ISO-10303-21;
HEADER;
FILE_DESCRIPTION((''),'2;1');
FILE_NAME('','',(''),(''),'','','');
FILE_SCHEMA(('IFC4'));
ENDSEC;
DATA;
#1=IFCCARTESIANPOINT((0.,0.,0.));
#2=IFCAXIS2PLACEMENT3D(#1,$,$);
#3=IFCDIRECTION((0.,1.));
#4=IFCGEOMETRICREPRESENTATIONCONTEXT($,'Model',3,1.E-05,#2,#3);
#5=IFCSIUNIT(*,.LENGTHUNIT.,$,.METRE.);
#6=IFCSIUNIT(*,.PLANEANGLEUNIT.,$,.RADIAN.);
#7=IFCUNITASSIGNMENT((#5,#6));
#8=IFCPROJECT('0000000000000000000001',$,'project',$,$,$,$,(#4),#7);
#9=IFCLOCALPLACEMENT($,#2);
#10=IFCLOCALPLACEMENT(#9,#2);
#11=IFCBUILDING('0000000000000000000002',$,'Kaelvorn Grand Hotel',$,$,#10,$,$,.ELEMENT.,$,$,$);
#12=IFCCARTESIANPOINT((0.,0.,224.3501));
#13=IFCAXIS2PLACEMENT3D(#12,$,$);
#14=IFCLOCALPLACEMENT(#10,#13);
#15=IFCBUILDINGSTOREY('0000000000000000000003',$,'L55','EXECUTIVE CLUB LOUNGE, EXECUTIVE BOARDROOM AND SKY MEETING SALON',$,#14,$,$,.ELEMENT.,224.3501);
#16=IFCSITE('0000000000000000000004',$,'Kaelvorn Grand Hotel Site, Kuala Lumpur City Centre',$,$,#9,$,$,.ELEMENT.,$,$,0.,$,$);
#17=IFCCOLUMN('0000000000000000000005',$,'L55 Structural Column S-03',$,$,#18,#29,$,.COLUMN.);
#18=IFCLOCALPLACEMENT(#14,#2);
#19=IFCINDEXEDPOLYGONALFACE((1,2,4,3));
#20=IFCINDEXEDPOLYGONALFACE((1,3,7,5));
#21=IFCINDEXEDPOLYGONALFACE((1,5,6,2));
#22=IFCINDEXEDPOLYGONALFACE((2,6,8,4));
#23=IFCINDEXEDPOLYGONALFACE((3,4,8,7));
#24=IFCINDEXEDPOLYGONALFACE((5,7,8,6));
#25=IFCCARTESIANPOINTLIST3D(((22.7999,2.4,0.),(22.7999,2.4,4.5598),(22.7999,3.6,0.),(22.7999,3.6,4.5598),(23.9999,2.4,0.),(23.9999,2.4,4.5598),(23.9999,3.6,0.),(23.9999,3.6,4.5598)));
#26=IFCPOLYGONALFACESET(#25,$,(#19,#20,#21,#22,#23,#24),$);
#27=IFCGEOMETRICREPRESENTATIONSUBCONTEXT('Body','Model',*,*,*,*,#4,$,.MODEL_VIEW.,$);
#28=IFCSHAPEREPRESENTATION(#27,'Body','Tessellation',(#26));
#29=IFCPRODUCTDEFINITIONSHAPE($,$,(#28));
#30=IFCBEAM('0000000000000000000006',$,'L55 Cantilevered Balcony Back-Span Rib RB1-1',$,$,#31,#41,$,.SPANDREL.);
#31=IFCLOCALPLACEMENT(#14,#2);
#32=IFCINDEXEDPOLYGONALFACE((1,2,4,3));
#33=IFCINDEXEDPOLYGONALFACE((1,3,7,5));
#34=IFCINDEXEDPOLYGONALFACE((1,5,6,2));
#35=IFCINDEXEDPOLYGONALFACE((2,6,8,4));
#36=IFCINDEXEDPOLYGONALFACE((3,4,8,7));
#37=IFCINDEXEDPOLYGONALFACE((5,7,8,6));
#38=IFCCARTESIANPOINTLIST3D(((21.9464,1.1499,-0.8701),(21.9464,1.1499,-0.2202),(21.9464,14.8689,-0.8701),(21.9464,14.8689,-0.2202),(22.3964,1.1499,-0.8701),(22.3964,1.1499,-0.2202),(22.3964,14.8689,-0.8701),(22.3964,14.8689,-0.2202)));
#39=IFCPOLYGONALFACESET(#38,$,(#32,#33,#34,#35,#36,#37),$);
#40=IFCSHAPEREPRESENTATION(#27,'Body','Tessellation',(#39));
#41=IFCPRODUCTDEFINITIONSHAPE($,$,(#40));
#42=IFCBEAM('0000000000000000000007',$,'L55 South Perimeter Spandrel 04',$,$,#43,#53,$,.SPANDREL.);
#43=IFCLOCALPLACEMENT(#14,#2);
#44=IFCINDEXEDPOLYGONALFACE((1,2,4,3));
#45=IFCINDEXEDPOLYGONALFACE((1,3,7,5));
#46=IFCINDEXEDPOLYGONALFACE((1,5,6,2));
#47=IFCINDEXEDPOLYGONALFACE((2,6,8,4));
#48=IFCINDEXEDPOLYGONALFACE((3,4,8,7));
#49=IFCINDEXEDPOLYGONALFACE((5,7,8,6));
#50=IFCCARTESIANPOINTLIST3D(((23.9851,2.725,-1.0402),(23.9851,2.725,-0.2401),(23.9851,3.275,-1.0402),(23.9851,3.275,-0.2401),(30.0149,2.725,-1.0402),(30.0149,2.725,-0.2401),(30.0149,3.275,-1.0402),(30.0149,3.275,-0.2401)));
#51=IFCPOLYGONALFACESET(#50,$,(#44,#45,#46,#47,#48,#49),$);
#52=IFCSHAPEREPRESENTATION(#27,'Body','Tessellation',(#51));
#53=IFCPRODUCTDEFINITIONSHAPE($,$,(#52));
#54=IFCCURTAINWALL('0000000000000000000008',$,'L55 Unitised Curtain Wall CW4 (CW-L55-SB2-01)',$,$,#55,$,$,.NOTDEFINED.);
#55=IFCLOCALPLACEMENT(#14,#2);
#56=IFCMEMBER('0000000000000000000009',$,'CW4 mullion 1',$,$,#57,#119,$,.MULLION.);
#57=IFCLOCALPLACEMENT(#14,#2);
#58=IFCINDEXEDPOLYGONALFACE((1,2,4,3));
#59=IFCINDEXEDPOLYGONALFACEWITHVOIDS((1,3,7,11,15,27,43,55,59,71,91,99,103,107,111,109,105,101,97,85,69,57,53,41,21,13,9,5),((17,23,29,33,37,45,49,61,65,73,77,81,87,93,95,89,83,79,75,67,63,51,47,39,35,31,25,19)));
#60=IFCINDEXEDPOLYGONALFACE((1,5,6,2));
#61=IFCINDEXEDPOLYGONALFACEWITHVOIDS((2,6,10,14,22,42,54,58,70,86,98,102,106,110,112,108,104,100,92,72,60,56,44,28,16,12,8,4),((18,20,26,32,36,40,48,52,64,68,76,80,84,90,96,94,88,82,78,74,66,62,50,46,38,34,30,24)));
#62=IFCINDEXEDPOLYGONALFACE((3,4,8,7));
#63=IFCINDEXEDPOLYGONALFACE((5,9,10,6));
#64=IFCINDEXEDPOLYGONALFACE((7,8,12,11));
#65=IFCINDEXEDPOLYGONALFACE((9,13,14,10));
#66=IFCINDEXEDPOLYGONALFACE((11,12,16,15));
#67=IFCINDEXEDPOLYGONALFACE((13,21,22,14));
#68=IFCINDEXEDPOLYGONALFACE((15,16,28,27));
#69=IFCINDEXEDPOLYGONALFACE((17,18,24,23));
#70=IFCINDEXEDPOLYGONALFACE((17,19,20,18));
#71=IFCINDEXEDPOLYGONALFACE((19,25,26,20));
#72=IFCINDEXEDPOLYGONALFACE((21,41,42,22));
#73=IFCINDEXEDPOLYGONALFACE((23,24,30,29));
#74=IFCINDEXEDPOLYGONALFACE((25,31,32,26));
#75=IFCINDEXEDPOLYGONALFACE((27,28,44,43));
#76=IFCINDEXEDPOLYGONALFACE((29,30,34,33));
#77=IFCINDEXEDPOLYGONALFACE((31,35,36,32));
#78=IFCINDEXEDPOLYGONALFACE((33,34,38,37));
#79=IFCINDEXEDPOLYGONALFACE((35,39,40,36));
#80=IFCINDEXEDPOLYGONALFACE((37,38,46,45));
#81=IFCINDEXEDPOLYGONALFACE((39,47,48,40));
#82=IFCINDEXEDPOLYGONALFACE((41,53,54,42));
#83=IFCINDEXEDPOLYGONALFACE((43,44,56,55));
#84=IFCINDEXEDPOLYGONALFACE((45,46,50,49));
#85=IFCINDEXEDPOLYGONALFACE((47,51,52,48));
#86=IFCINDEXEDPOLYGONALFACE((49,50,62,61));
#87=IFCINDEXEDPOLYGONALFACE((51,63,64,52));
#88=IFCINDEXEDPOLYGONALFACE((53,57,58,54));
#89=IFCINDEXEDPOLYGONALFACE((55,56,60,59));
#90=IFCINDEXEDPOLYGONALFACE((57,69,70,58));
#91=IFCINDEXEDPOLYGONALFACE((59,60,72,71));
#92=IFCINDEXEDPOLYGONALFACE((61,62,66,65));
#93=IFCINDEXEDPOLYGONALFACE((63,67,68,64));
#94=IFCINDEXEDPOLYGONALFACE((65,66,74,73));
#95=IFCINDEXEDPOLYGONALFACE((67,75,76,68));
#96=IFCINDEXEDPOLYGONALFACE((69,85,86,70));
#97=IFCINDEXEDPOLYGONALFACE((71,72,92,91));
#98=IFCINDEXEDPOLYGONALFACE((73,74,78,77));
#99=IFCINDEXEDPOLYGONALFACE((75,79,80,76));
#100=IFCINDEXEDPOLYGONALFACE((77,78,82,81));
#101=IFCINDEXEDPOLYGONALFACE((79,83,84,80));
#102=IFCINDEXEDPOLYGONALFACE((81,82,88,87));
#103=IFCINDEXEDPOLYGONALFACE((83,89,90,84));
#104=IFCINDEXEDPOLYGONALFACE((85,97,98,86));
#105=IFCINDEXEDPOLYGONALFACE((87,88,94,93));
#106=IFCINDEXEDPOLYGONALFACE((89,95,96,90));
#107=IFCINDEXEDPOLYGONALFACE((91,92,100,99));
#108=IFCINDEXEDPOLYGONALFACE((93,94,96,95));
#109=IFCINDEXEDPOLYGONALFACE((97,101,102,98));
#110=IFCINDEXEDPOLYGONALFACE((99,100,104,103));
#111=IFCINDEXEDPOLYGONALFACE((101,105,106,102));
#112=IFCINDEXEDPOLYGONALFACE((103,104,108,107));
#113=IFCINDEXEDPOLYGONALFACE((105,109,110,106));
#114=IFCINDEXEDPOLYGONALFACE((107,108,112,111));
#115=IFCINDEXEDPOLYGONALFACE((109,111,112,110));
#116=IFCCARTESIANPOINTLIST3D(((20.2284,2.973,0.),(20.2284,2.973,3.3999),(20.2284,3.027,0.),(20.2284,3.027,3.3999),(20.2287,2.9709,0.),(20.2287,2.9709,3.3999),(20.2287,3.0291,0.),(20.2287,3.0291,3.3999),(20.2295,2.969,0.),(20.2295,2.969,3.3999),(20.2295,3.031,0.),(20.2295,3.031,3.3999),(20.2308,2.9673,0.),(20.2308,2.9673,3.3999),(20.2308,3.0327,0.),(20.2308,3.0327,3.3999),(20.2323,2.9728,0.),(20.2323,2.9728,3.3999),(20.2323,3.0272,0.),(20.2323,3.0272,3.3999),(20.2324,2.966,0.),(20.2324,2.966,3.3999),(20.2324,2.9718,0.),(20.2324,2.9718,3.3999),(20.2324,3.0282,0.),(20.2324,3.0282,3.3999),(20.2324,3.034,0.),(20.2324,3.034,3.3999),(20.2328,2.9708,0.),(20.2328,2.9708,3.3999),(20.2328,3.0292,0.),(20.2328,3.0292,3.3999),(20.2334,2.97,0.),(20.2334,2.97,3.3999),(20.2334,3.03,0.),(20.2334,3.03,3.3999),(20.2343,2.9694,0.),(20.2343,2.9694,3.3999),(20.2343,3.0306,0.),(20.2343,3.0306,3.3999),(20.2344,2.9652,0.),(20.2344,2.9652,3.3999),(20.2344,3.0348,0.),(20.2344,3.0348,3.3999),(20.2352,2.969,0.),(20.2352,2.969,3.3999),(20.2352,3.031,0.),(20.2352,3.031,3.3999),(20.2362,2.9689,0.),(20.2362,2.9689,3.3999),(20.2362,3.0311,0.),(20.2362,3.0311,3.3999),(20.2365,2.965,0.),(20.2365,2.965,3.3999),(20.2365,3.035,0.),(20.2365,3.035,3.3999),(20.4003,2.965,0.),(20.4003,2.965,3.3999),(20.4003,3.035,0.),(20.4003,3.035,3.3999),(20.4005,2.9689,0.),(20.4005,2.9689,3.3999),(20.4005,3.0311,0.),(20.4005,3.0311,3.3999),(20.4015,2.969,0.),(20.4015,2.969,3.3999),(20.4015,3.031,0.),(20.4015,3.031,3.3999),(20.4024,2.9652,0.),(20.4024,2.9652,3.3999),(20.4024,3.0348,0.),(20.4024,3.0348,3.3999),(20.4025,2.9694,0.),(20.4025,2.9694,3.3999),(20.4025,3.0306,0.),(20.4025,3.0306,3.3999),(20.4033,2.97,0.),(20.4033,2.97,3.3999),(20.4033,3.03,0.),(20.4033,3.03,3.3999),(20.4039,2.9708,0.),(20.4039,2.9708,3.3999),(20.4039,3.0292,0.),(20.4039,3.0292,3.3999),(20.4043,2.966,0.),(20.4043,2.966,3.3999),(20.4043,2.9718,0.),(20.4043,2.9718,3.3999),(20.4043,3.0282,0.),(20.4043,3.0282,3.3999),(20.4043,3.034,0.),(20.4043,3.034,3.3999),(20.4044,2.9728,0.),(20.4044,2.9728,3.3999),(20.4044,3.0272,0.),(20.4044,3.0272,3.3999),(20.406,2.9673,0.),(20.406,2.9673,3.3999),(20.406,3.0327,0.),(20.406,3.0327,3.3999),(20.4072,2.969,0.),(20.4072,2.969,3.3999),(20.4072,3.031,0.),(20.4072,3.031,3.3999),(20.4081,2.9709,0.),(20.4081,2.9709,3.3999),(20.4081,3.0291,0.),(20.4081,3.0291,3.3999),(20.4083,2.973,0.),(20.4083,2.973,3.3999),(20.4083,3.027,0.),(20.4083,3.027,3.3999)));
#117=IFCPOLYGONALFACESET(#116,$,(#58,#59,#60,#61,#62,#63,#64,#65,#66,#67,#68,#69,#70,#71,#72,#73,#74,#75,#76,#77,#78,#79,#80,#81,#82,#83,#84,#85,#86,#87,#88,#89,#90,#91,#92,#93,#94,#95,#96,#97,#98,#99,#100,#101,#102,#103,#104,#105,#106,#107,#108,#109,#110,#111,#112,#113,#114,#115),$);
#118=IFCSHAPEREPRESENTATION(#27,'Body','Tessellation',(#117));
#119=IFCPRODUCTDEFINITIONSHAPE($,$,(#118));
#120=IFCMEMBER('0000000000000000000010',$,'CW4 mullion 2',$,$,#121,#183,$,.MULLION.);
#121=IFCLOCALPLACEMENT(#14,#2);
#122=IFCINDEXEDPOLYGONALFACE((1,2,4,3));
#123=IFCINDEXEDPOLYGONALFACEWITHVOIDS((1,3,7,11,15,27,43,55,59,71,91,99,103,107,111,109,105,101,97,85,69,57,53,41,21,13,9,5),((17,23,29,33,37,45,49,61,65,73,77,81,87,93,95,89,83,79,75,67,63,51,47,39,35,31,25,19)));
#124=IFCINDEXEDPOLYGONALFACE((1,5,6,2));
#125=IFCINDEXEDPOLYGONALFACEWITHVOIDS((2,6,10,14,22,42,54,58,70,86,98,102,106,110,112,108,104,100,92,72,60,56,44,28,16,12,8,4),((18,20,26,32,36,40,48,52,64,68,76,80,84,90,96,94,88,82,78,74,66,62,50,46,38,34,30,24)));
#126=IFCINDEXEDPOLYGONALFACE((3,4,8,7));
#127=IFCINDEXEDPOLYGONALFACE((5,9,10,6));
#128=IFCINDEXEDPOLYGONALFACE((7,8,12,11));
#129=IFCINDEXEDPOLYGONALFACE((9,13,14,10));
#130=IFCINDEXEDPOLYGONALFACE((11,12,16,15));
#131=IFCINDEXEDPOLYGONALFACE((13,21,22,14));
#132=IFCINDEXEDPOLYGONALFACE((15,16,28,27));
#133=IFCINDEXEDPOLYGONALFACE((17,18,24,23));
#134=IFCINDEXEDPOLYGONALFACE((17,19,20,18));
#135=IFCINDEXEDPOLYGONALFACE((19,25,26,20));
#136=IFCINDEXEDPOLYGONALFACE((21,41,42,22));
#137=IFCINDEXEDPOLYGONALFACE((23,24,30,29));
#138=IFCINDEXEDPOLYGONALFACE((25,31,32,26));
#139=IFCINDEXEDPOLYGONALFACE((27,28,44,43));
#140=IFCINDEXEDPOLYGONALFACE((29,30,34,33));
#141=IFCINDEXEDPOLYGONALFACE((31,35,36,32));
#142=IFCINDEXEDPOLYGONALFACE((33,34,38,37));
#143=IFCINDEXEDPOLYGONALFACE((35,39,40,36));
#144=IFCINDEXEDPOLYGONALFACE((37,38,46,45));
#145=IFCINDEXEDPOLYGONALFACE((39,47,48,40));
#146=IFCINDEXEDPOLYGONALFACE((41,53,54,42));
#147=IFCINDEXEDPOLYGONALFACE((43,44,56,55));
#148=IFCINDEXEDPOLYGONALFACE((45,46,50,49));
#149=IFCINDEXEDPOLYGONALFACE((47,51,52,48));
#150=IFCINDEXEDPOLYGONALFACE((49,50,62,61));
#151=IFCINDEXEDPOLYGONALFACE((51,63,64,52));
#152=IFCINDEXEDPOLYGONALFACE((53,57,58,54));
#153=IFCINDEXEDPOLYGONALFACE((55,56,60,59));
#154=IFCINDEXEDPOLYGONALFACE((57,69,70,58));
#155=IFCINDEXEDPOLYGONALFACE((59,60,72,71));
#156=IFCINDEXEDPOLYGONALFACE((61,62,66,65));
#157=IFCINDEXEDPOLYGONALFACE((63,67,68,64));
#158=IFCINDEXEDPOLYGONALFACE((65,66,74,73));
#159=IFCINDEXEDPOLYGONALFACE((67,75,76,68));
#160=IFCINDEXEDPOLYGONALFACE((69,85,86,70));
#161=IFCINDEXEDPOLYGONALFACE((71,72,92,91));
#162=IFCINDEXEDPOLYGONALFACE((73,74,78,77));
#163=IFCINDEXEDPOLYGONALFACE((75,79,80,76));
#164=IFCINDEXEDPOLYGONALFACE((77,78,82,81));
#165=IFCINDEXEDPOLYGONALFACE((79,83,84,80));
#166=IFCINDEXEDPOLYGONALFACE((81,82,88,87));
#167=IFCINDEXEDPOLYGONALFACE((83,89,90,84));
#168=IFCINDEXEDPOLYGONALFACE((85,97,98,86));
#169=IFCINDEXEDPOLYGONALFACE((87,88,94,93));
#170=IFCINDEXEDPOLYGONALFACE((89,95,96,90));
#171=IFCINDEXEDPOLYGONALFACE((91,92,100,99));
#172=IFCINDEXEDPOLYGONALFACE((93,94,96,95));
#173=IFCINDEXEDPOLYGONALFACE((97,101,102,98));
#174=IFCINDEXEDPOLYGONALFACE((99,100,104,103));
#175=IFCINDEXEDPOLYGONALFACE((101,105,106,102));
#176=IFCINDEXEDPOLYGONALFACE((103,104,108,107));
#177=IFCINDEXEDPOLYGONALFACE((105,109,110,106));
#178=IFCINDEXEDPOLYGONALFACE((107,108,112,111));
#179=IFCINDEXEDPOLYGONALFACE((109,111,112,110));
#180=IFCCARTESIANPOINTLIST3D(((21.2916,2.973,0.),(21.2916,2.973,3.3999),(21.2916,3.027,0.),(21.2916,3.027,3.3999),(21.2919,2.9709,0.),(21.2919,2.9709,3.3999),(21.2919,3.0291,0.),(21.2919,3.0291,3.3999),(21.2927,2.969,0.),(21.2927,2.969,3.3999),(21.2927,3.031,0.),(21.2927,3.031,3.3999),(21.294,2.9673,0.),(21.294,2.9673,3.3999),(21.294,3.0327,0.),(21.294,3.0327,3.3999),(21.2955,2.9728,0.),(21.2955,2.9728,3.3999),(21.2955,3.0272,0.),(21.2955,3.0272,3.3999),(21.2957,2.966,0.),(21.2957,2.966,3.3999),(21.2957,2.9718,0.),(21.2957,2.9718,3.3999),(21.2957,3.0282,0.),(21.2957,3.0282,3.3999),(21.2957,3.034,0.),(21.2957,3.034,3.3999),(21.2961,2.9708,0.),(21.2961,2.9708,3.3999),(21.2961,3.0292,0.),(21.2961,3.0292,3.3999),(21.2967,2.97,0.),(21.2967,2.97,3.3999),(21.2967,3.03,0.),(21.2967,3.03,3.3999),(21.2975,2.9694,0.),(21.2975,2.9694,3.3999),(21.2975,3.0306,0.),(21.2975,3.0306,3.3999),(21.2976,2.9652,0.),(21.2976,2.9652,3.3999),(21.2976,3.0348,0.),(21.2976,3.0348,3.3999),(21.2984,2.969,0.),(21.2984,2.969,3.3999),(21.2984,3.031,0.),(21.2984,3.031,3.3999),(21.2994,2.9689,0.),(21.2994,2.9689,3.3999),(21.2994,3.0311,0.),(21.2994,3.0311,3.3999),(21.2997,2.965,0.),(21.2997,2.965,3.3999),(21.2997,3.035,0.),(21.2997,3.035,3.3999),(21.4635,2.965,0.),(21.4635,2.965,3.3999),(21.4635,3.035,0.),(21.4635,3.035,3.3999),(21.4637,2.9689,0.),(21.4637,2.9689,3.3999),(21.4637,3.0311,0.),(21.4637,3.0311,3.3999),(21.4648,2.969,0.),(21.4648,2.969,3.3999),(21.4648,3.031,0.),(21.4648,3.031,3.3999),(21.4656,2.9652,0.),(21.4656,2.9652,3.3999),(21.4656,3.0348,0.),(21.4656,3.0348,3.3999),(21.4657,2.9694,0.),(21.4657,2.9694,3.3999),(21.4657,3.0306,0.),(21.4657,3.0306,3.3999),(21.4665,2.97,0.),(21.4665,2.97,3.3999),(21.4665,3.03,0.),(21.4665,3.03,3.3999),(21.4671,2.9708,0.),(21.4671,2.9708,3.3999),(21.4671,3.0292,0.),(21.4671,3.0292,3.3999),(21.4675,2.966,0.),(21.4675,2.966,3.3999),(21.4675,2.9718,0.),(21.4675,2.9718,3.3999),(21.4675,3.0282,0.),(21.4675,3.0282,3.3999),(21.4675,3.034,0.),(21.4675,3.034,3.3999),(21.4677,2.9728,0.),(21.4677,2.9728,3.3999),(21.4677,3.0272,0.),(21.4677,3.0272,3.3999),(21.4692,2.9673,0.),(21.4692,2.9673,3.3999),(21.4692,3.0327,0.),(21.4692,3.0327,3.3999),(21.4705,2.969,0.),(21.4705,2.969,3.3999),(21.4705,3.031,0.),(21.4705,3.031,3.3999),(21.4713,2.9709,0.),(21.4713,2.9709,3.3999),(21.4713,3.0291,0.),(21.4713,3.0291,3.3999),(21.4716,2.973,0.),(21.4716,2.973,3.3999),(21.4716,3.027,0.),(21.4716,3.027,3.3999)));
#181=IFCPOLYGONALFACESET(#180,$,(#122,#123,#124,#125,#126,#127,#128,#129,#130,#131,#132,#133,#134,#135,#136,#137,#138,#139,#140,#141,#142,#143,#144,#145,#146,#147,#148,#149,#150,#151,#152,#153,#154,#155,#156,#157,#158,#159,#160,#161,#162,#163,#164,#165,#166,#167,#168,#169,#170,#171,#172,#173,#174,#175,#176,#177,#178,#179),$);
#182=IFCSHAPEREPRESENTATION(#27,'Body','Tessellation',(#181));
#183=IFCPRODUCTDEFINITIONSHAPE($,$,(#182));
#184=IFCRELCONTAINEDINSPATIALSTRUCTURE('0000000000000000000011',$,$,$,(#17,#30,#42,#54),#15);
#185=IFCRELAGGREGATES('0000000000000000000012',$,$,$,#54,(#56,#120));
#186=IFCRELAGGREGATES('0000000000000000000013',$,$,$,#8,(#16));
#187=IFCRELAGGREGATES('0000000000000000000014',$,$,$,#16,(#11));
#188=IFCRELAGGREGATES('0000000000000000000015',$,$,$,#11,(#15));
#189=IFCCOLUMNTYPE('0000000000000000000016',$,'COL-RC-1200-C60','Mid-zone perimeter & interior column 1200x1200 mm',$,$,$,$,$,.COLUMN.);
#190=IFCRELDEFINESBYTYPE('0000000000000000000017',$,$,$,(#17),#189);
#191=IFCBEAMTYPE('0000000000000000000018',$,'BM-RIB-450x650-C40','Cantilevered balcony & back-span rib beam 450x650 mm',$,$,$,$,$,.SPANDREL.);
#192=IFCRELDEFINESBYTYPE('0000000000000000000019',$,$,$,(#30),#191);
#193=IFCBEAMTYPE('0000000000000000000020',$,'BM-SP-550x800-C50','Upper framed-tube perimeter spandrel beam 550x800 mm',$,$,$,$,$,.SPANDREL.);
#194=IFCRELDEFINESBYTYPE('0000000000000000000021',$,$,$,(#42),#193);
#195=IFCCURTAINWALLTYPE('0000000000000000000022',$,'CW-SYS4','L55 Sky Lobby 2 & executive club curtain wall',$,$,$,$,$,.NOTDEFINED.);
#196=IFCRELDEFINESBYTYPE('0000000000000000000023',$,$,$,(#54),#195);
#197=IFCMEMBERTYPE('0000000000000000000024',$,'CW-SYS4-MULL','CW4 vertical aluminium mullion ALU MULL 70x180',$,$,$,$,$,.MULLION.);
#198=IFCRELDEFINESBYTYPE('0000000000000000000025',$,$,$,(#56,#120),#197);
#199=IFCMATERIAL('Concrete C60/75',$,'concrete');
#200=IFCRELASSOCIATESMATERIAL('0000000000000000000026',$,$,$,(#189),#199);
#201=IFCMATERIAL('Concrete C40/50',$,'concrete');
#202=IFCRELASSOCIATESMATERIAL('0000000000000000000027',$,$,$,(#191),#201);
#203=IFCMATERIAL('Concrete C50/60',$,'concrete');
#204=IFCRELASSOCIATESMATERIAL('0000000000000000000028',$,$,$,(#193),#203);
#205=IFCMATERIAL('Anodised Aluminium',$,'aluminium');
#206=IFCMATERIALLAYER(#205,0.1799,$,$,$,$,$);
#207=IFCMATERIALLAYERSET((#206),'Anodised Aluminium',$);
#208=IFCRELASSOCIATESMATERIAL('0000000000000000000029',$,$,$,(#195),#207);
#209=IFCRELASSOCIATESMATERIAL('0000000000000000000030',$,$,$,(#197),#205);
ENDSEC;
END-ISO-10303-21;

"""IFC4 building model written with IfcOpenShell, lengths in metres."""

from ifc_helpers import new_model, si_unit, direction, frame, origin, origin_2d, place, context, subcontext, project, spatial, rectangle, hollow_rectangle, extrude, material, layer, layer_set, material_profile, profile_set, type_object, element, aggregate, save


model = new_model("IFC4")

# Units and contexts
model_context = context("Model", 3, precision=1e-05, world=origin(), true_north=direction((0.0, 1.0)))
body_context = subcontext(model_context, "Body", "Model", "MODEL_VIEW")
ifc_project = project(units=[si_unit("LENGTHUNIT", "METRE"), si_unit("PLANEANGLEUNIT", "RADIAN")], contexts=[model_context])

# Site, building, storey
site_placement = place(None, origin())
site = spatial("IfcSite", under=ifc_project, at=site_placement, Name="Kaelvorn Grand Hotel Site, Kuala Lumpur City Centre", CompositionType="ELEMENT", RefElevation=0.0)
building_placement = place(site_placement, origin())
building = spatial("IfcBuilding", under=site, at=building_placement, Name="Kaelvorn Grand Hotel", CompositionType="ELEMENT")
storey_placement = place(building_placement, frame((0.0, 0.0, 224.3501)))
storey = spatial("IfcBuildingStorey", under=building, at=storey_placement, Name="L55", Description="EXECUTIVE CLUB LOUNGE, EXECUTIVE BOARDROOM AND SKY MEETING SALON", CompositionType="ELEMENT", Elevation=224.3501)

# Column
ifc_material_1 = material(Name="Concrete C60/75", Category="concrete")
ifc_material_profile_1 = material_profile(ifc_material_1, rectangle(XDim=1.2, YDim=1.2, at=origin_2d()), Name="RC COL 1200x1200")
ifc_profile_set_1 = profile_set([ifc_material_profile_1], Name="Concrete C60/75")
column_type = type_object("IfcColumnType", Name="COL-RC-1200-C60", Description="Mid-zone perimeter & interior column 1200x1200 mm", PredefinedType="COLUMN", material=ifc_profile_set_1)
column_placement = place(storey_placement, frame((23.3999, 3.0, 0.0), z_axis=(0.0, 0.0, 1.0), x_axis=(1.0, 0.0, 0.0)))
element("IfcColumn", 1, at=column_placement, inside=storey, type_object=column_type, Name="L55 Structural Column S-03", PredefinedType="COLUMN", context=body_context, shape_type="SweptSolid", body=[
    extrude(rectangle(XDim=1.2, YDim=1.2, at=origin_2d()), origin(), (0.0, 0.0, 1.0), 4.5598),
])

# Beams
ifc_material_2 = material(Name="Concrete C40/50", Category="concrete")
ifc_material_profile_2 = material_profile(ifc_material_2, rectangle(XDim=0.45, YDim=0.6499, at=origin_2d()), Name="RC RIB 450x650")
ifc_profile_set_2 = profile_set([ifc_material_profile_2], Name="Concrete C40/50")
beam_type_1 = type_object("IfcBeamType", Name="BM-RIB-450x650-C40", Description="Cantilevered balcony & back-span rib beam 450x650 mm", PredefinedType="SPANDREL", material=ifc_profile_set_2)
beam_1_placement = place(storey_placement, frame((22.1714, 1.1499, -0.5452), z_axis=(0.0, 1.0, 0.0), x_axis=(-1.0, 0.0, 0.0)))
element("IfcBeam", 2, at=beam_1_placement, inside=storey, type_object=beam_type_1, Name="L55 Cantilevered Balcony Back-Span Rib RB1-1", PredefinedType="SPANDREL", context=body_context, shape_type="SweptSolid", body=[
    extrude(rectangle(XDim=0.45, YDim=0.6499, at=origin_2d()), origin(), (0.0, 0.0, 1.0), 13.719),
])
ifc_material_3 = material(Name="Concrete C50/60", Category="concrete")
ifc_material_profile_3 = material_profile(ifc_material_3, rectangle(XDim=0.55, YDim=0.8, at=origin_2d()), Name="RC SPANDREL 550x800")
ifc_profile_set_3 = profile_set([ifc_material_profile_3], Name="Concrete C50/60")
beam_type_2 = type_object("IfcBeamType", Name="BM-SP-550x800-C50", Description="Upper framed-tube perimeter spandrel beam 550x800 mm", PredefinedType="SPANDREL", material=ifc_profile_set_3)
beam_2_placement = place(storey_placement, frame((23.9851, 3.0, -0.6401), z_axis=(1.0, 0.0, 0.0), x_axis=(0.0, 1.0, 0.0)))
element("IfcBeam", 3, at=beam_2_placement, inside=storey, type_object=beam_type_2, Name="L55 South Perimeter Spandrel 04", PredefinedType="SPANDREL", context=body_context, shape_type="SweptSolid", body=[
    extrude(rectangle(XDim=0.55, YDim=0.8, at=origin_2d()), origin(), (0.0, 0.0, 1.0), 6.0298),
])

# Curtain wall, members
ifc_material_4 = material(Name="Anodised Aluminium", Category="aluminium")
ifc_layer_1 = layer(ifc_material_4, 0.1799)
ifc_layer_set_1 = layer_set([ifc_layer_1], Name="Anodised Aluminium")
curtain_wall_type = type_object("IfcCurtainWallType", Name="CW-SYS4", Description="L55 Sky Lobby 2 & executive club curtain wall", PredefinedType="NOTDEFINED", material=ifc_layer_set_1)
curtain_wall_1_placement = place(storey_placement, origin())
curtain_wall_1 = element("IfcCurtainWall", 4, at=curtain_wall_1_placement, inside=storey, type_object=curtain_wall_type, Name="L55 Unitised Curtain Wall CW4 (CW-L55-SB2-01)", PredefinedType="NOTDEFINED")
ifc_material_profile_4 = material_profile(ifc_material_4, hollow_rectangle(XDim=0.0701, YDim=0.1799, WallThickness=0.0039, InnerFilletRadius=0.0039, OuterFilletRadius=0.0081, at=origin_2d()), Name="ALU MULL 70x180")
ifc_profile_set_4 = profile_set([ifc_material_profile_4], Name="Anodised Aluminium")
member_type_1 = type_object("IfcMemberType", Name="CW-SYS4-MULL", Description="CW4 vertical aluminium mullion ALU MULL 70x180", PredefinedType="MULLION", material=ifc_profile_set_4)
member_1_placement = place(storey_placement, frame((20.3184, 3.0, 0.0), z_axis=(0.0, 0.0, 1.0), x_axis=(0.0, 1.0, 0.0)))
member_1 = element("IfcMember", 5, at=member_1_placement, type_object=member_type_1, Name="CW4 mullion 1", PredefinedType="MULLION", context=body_context, shape_type="SweptSolid", body=[
    extrude(hollow_rectangle(XDim=0.0701, YDim=0.1799, WallThickness=0.0039, InnerFilletRadius=0.0039, OuterFilletRadius=0.0081, at=origin_2d()), origin(), (0.0, 0.0, 1.0), 3.3999),
])
member_2_placement = place(storey_placement, frame((21.3816, 3.0, 0.0), z_axis=(0.0, 0.0, 1.0), x_axis=(0.0, 1.0, 0.0)))
member_2 = element("IfcMember", 6, at=member_2_placement, type_object=member_type_1, Name="CW4 mullion 2", PredefinedType="MULLION", context=body_context, shape_type="SweptSolid", body=[
    extrude(hollow_rectangle(XDim=0.0701, YDim=0.1799, WallThickness=0.0039, InnerFilletRadius=0.0039, OuterFilletRadius=0.0081, at=origin_2d()), origin(), (0.0, 0.0, 1.0), 3.3999),
])

aggregate(curtain_wall_1, [member_1, member_2])

save(model, "model.ifc")
